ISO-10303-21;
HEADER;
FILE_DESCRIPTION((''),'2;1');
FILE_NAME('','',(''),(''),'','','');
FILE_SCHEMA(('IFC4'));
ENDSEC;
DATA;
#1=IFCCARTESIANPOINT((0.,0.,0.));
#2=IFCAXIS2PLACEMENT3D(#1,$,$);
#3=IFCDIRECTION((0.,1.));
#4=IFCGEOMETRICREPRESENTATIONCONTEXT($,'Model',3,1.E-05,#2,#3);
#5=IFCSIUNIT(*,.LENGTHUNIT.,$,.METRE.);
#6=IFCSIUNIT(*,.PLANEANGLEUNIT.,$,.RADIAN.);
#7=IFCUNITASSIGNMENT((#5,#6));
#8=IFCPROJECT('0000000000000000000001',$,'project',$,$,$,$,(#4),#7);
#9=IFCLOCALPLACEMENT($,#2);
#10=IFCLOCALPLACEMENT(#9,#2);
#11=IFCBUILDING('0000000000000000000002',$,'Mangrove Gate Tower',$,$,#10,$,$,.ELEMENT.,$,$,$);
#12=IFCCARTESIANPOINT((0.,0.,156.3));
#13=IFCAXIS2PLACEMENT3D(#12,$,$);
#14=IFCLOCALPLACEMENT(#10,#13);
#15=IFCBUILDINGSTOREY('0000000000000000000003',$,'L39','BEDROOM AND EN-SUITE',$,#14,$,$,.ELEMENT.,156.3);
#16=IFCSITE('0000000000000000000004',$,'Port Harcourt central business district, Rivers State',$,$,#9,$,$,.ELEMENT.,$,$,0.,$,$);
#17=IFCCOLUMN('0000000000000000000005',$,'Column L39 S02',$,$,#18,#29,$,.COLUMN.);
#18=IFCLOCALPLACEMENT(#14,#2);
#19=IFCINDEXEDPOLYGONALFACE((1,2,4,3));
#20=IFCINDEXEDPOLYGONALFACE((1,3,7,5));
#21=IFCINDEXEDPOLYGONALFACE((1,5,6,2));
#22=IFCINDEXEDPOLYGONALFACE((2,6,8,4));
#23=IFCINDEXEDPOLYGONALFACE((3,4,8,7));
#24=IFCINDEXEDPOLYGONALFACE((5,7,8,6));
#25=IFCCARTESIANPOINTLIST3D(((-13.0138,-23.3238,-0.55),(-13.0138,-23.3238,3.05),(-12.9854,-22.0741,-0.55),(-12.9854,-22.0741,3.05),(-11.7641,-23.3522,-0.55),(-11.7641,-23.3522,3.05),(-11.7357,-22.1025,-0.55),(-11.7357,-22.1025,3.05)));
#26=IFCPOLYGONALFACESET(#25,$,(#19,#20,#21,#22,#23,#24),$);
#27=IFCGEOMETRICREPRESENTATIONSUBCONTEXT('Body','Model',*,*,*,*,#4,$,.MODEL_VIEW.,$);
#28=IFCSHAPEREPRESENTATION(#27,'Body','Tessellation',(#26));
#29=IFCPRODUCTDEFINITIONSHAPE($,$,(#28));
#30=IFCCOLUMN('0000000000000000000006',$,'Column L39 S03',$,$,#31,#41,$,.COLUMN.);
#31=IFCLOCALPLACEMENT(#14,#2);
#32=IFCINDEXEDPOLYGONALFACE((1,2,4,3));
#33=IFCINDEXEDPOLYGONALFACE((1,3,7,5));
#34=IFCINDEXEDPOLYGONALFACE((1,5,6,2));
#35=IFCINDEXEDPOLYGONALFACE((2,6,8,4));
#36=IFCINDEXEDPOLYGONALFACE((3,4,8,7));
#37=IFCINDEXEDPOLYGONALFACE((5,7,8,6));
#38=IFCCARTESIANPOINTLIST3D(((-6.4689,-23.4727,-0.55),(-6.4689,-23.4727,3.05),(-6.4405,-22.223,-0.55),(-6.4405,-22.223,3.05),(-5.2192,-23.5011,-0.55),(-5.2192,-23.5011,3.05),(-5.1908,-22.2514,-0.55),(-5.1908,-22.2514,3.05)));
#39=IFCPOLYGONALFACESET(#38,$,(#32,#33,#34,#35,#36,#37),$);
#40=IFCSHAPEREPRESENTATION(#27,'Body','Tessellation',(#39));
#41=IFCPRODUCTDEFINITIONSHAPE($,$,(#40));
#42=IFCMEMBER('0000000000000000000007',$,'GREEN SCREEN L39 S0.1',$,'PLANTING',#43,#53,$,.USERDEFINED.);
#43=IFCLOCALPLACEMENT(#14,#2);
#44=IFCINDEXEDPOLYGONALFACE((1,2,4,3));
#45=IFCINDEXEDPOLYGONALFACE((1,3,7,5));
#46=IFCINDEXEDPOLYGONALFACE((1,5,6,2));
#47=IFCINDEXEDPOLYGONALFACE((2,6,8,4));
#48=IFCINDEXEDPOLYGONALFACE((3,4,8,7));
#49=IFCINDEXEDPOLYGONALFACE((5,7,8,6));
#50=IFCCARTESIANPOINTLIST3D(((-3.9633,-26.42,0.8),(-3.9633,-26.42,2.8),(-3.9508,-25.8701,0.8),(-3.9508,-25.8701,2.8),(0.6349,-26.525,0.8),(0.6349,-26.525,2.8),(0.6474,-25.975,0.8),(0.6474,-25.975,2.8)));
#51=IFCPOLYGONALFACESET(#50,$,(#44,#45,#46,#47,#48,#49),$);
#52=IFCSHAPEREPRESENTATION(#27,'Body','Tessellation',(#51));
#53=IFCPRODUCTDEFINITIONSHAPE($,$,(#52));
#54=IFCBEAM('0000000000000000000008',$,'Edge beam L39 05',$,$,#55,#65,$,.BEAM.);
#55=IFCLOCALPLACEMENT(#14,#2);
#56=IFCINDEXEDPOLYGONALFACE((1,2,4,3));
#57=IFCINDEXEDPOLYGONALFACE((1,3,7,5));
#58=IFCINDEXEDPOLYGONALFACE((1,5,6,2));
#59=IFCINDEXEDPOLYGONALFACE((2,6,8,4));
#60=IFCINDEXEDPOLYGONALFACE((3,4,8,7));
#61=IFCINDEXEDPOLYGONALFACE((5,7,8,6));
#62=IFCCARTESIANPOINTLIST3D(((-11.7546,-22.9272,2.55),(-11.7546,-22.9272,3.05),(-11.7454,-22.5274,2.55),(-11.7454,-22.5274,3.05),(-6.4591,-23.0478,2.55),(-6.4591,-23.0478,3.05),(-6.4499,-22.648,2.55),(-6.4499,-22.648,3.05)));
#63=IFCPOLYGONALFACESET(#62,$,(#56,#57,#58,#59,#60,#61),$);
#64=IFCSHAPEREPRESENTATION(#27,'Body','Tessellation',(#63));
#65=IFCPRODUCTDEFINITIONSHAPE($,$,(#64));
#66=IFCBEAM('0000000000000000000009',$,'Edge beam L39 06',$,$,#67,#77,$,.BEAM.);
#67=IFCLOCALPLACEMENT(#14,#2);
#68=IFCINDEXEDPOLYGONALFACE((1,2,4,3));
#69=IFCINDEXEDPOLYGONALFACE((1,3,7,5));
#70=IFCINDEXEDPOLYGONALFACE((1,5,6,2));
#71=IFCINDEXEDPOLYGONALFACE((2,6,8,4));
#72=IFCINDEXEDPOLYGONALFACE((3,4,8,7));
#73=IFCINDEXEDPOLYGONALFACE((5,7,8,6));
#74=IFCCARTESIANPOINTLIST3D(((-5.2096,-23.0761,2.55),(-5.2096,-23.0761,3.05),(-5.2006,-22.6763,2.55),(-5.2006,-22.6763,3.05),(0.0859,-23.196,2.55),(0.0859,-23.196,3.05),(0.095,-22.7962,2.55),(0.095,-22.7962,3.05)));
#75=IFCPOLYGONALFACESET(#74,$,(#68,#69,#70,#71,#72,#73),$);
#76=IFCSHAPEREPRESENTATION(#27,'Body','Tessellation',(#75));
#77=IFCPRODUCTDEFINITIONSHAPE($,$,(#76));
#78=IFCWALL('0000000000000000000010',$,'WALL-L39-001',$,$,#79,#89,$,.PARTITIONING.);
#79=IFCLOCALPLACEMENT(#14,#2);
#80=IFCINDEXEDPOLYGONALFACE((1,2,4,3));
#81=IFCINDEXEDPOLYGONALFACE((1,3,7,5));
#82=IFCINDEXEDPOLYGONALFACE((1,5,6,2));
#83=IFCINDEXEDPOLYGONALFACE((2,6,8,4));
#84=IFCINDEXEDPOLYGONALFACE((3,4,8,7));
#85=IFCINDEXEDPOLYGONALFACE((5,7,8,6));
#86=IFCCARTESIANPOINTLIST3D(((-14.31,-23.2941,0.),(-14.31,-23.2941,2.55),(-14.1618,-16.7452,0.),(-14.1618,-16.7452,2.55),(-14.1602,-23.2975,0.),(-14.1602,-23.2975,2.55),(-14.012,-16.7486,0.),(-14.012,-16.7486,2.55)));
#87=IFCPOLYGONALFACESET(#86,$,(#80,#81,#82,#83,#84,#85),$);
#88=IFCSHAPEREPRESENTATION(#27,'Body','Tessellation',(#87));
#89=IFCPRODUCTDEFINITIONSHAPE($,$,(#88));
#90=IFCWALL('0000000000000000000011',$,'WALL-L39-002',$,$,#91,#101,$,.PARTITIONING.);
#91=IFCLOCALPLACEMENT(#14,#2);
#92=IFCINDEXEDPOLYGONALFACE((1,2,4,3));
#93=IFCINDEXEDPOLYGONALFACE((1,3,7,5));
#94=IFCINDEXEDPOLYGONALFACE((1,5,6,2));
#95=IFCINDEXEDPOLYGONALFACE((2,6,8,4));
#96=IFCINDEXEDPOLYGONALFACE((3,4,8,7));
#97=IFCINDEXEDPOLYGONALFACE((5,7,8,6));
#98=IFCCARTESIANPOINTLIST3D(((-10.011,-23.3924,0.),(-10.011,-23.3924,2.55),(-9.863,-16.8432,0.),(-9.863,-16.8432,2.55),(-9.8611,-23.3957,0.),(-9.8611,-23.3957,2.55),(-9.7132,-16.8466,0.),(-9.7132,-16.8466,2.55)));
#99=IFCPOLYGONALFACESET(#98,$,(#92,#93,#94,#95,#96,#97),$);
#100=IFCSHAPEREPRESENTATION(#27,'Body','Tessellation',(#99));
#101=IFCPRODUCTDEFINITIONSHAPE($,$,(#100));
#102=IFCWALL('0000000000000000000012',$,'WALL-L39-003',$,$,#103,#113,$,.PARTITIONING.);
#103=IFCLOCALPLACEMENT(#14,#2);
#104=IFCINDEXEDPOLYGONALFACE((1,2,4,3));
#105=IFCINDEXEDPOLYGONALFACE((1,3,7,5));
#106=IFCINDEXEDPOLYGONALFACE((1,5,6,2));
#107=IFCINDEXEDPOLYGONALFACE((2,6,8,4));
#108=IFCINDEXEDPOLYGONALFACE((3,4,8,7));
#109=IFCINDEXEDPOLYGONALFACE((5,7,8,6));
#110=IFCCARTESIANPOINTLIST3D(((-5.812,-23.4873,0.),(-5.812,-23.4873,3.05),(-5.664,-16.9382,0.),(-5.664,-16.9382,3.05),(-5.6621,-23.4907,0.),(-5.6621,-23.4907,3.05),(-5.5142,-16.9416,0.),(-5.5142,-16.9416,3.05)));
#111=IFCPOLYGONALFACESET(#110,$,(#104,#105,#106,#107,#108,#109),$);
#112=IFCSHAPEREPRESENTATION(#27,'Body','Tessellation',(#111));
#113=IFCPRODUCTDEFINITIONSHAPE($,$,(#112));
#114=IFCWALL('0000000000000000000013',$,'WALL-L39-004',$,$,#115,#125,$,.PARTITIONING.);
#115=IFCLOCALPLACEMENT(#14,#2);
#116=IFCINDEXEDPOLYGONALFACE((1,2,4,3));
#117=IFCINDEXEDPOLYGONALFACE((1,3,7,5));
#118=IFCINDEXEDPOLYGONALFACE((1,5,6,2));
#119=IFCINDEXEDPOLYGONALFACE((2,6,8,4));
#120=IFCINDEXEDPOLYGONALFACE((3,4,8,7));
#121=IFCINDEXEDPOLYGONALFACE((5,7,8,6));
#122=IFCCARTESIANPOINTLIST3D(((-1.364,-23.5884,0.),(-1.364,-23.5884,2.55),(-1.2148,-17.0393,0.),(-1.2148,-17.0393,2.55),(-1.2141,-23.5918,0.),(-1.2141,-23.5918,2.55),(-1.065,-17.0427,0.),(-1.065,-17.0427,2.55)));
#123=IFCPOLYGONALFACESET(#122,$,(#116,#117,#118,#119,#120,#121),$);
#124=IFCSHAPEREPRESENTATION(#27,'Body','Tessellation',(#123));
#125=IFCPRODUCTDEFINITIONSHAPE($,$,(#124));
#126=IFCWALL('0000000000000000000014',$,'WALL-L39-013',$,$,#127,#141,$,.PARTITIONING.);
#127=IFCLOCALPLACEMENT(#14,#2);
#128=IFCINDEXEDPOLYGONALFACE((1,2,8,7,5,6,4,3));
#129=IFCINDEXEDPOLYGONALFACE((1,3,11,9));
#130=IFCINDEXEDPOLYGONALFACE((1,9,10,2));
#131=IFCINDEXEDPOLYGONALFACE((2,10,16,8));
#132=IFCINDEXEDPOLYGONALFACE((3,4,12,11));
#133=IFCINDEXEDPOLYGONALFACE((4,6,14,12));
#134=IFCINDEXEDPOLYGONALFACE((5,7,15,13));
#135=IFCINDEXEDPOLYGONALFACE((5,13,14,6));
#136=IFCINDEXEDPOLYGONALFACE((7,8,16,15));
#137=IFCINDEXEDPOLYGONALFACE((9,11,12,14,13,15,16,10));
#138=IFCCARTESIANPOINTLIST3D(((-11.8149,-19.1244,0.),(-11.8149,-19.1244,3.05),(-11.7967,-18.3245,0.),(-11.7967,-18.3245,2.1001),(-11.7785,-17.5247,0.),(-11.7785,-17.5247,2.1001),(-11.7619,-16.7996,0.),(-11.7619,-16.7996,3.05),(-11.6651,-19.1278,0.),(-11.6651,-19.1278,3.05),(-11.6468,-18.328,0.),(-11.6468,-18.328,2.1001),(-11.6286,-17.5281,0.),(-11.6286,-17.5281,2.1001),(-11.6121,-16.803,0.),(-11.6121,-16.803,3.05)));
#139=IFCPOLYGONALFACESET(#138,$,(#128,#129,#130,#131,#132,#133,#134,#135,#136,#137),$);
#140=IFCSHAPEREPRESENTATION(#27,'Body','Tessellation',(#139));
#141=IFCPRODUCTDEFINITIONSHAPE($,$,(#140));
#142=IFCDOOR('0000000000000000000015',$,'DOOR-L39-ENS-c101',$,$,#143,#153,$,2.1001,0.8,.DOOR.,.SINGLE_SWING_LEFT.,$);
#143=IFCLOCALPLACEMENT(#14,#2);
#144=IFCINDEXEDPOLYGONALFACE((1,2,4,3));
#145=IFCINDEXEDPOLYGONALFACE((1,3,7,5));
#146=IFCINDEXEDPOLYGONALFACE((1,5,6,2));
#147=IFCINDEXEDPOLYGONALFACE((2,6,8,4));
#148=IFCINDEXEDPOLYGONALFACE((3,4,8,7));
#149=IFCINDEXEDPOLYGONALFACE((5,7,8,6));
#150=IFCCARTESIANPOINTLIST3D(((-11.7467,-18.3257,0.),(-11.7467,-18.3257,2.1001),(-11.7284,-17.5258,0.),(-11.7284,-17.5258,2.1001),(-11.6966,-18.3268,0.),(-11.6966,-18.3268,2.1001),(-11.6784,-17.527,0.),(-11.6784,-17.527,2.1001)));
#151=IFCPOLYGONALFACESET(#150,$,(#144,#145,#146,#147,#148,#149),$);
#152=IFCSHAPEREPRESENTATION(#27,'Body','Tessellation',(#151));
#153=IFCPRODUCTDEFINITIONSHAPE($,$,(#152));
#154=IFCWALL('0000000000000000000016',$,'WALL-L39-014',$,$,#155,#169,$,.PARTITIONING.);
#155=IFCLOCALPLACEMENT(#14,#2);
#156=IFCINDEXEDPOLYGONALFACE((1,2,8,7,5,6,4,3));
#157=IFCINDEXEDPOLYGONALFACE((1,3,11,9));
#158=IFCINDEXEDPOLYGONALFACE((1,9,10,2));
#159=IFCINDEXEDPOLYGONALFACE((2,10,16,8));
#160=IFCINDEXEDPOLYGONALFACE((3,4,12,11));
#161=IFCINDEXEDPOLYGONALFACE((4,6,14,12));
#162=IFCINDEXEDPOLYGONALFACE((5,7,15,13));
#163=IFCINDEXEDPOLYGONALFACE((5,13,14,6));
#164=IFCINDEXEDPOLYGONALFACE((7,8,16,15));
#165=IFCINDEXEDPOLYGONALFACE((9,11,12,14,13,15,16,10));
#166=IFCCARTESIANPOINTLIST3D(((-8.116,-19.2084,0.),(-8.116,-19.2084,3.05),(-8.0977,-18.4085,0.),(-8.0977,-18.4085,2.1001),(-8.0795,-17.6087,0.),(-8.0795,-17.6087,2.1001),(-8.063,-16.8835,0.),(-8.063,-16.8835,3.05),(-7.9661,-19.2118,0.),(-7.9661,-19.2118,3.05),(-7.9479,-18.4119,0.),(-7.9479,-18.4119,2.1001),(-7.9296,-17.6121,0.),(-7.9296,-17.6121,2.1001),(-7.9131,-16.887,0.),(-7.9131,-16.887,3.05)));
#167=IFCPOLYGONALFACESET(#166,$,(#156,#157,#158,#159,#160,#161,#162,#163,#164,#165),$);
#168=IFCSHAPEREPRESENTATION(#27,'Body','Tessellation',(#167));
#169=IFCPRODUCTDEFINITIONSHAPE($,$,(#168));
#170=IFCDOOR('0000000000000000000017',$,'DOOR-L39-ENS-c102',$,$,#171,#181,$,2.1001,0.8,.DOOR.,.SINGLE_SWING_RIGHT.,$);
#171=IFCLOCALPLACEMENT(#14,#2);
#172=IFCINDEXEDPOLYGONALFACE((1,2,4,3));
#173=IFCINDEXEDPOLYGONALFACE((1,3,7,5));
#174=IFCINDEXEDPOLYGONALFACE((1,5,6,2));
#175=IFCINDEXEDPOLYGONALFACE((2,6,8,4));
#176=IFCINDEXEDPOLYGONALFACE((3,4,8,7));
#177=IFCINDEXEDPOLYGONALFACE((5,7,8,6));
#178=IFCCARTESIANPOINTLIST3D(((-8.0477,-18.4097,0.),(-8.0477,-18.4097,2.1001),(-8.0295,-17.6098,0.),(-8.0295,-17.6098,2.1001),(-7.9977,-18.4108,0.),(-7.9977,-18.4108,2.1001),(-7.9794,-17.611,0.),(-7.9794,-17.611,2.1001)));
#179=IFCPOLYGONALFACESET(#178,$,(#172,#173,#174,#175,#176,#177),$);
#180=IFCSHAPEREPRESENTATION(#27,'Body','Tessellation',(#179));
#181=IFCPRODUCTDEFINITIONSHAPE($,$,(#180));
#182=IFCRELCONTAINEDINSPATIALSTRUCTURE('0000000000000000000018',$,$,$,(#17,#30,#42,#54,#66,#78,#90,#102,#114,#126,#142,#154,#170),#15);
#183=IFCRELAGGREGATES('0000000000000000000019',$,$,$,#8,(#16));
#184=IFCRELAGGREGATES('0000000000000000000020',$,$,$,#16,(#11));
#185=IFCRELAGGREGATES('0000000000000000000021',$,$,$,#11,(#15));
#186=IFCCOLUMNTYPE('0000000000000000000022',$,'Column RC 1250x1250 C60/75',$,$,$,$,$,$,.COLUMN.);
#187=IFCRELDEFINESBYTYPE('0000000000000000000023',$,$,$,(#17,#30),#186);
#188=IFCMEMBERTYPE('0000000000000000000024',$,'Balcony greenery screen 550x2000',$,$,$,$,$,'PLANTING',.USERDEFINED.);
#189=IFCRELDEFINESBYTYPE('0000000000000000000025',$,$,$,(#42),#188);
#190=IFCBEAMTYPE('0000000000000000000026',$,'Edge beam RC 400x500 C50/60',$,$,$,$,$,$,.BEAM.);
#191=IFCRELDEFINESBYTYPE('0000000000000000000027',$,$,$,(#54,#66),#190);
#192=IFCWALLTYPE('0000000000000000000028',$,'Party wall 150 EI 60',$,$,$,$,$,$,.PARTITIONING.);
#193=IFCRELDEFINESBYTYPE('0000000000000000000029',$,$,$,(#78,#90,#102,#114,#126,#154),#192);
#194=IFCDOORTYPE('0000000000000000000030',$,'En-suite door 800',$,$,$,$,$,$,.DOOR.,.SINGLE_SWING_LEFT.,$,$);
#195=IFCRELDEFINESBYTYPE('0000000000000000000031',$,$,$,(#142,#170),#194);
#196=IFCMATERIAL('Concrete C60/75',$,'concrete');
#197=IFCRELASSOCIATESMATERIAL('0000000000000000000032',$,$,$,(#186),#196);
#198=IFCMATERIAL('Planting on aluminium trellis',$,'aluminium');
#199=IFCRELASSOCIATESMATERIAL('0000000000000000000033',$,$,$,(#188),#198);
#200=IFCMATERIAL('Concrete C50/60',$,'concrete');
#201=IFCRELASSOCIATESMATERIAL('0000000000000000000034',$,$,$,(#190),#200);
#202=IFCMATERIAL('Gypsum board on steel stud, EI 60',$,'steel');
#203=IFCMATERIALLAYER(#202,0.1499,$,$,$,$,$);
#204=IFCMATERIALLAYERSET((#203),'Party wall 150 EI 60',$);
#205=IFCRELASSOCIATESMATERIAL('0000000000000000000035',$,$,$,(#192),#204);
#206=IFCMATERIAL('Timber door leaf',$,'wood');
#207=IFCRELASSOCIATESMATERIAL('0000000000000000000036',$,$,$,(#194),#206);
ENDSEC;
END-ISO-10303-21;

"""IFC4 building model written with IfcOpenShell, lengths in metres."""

from ifc_helpers import new_model, si_unit, direction, frame, frame_2d, origin, origin_2d, place, context, subcontext, project, spatial, rectangle, extrude, material, layer, layer_set, material_profile, profile_set, type_object, element, fill, save


model = new_model("IFC4")

# Units and contexts
model_context = context("Model", 3, precision=1e-05, world=origin(), true_north=direction((0.0, 1.0)))
body_context = subcontext(model_context, "Body", "Model", "MODEL_VIEW")
ifc_project = project(units=[si_unit("LENGTHUNIT", "METRE"), si_unit("PLANEANGLEUNIT", "RADIAN")], contexts=[model_context])

# Site, building, storey
site_placement = place(None, origin())
site = spatial("IfcSite", under=ifc_project, at=site_placement, Name="Port Harcourt central business district, Rivers State", CompositionType="ELEMENT", RefElevation=0.0)
building_placement = place(site_placement, origin())
building = spatial("IfcBuilding", under=site, at=building_placement, Name="Mangrove Gate Tower", CompositionType="ELEMENT")
storey_placement = place(building_placement, frame((0.0, 0.0, 156.3)))
storey = spatial("IfcBuildingStorey", under=building, at=storey_placement, Name="L39", Description="BEDROOM AND EN-SUITE", CompositionType="ELEMENT", Elevation=156.3)

# Columns
ifc_material_1 = material(Name="Concrete C60/75", Category="concrete")
ifc_material_profile_1 = material_profile(ifc_material_1, rectangle(XDim=1.25, YDim=1.25, at=origin_2d()))
ifc_profile_set_1 = profile_set([ifc_material_profile_1], Name="Concrete C60/75")
column_type = type_object("IfcColumnType", Name="Column RC 1250x1250 C60/75", PredefinedType="COLUMN", material=ifc_profile_set_1)
for number, where, z_axis, x_axis, name in (
    (1, (-12.3748, -22.7131, -0.55), (0.0, 0.0, 1.0), (0.999743, -0.022683, 0.0), "Column L39 S02"),
    (2, (-5.8298, -22.8621, -0.55), (0.0, 0.0, 1.0), (0.999743, -0.022683, 0.0), "Column L39 S03"),
):
    element("IfcColumn", number, at=place(storey_placement, frame(where, z_axis=z_axis, x_axis=x_axis)), inside=storey, type_object=column_type, Name=name, PredefinedType="COLUMN", context=body_context, shape_type="SweptSolid", body=[
        extrude(rectangle(XDim=1.25, YDim=1.25, at=origin_2d()), origin(), (0.0, 0.0, 1.0), 3.6001),
    ])

# Member
ifc_material_2 = material(Name="Planting on aluminium trellis", Category="aluminium")
ifc_material_profile_2 = material_profile(ifc_material_2, rectangle(XDim=0.55, YDim=2.0, at=origin_2d()))
ifc_profile_set_2 = profile_set([ifc_material_profile_2], Name="Planting on aluminium trellis")
member_type = type_object("IfcMemberType", Name="Balcony greenery screen 550x2000", ElementType="PLANTING", PredefinedType="USERDEFINED", material=ifc_profile_set_2)
member_placement = place(storey_placement, frame((-3.957, -26.145, 1.8), z_axis=(0.999739, -0.022825, 0.0), x_axis=(0.022825, 0.999739, 0.0)))
element("IfcMember", 3, at=member_placement, inside=storey, type_object=member_type, Name="GREEN SCREEN L39 S0.1", ObjectType="PLANTING", PredefinedType="USERDEFINED", context=body_context, shape_type="SweptSolid", body=[
    extrude(rectangle(XDim=0.55, YDim=2.0, at=origin_2d()), origin(), (0.0, 0.0, 1.0), 4.5994),
])

# Beams
ifc_material_3 = material(Name="Concrete C50/60", Category="concrete")
ifc_material_profile_3 = material_profile(ifc_material_3, rectangle(XDim=0.3999, YDim=0.5, at=origin_2d()))
ifc_profile_set_3 = profile_set([ifc_material_profile_3], Name="Concrete C50/60")
beam_type = type_object("IfcBeamType", Name="Edge beam RC 400x500 C50/60", PredefinedType="BEAM", material=ifc_profile_set_3)
for number, where, z_axis, x_axis, name in (
    (4, (-11.75, -22.7273, 2.8), (0.999741, -0.02277, 0.0), (0.02277, 0.999741, 0.0), "Edge beam L39 05"),
    (5, (-5.2051, -22.8762, 2.8), (0.999744, -0.022631, 0.0), (0.022631, 0.999744, 0.0), "Edge beam L39 06"),
):
    element("IfcBeam", number, at=place(storey_placement, frame(where, z_axis=z_axis, x_axis=x_axis)), inside=storey, type_object=beam_type, Name=name, PredefinedType="BEAM", context=body_context, shape_type="SweptSolid", body=[
        extrude(rectangle(XDim=0.3999, YDim=0.5, at=origin_2d()), origin(), (0.0, 0.0, 1.0), 5.2969),
    ])

# Walls
ifc_material_4 = material(Name="Gypsum board on steel stud, EI 60", Category="steel")
ifc_layer_1 = layer(ifc_material_4, 0.1499)
ifc_layer_set_1 = layer_set([ifc_layer_1], Name="Party wall 150 EI 60")
wall_type_1 = type_object("IfcWallType", Name="Party wall 150 EI 60", PredefinedType="PARTITIONING", material=ifc_layer_set_1)
wall_1_placement = place(storey_placement, frame((-14.2351, -23.2959, 0.0), z_axis=(0.0, 0.0, 1.0), x_axis=(0.022623, 0.999744, 0.0)))
element("IfcWall", 6, at=wall_1_placement, inside=storey, type_object=wall_type_1, Name="WALL-L39-001", PredefinedType="PARTITIONING", context=body_context, shape_type="SweptSolid", body=[
    extrude(rectangle(XDim=6.5505, YDim=0.1499, at=frame_2d((3.2754, 0.0))), origin(), (0.0, 0.0, 1.0), 2.55),
])
wall_2_placement = place(storey_placement, frame((-9.936, -23.394, 0.0), z_axis=(0.0, 0.0, 1.0), x_axis=(0.022585, 0.999745, 0.0)))
element("IfcWall", 7, at=wall_2_placement, inside=storey, type_object=wall_type_1, Name="WALL-L39-002", PredefinedType="PARTITIONING", context=body_context, shape_type="SweptSolid", body=[
    extrude(rectangle(XDim=6.5508, YDim=0.1499, at=frame_2d((3.2754, 0.0))), origin(), (0.0, 0.0, 1.0), 2.55),
])
wall_3_placement = place(storey_placement, frame((-5.7371, -23.489, 0.0), z_axis=(0.0, 0.0, 1.0), x_axis=(0.022585, 0.999745, 0.0)))
element("IfcWall", 8, at=wall_3_placement, inside=storey, type_object=wall_type_1, Name="WALL-L39-003", PredefinedType="PARTITIONING", context=body_context, shape_type="SweptSolid", body=[
    extrude(rectangle(XDim=6.5508, YDim=0.1499, at=frame_2d((3.2754, 0.0))), origin(), (0.0, 0.0, 1.0), 3.05),
])
wall_4_placement = place(storey_placement, frame((-1.2891, -23.5901, 0.0), z_axis=(0.0, 0.0, 1.0), x_axis=(0.022771, 0.999741, 0.0)))
element("IfcWall", 9, at=wall_4_placement, inside=storey, type_object=wall_type_1, Name="WALL-L39-004", PredefinedType="PARTITIONING", context=body_context, shape_type="SweptSolid", body=[
    extrude(rectangle(XDim=6.5508, YDim=0.1499, at=frame_2d((3.2754, 0.0))), origin(), (0.0, 0.0, 1.0), 2.55),
])

# Walls, openings, doors
wall_5_placement = place(storey_placement, frame((-11.74, -19.126, 0.0), z_axis=(0.0, 0.0, 1.0), x_axis=(0.022781, 0.99974, 0.0)))
wall_5 = element("IfcWall", 10, at=wall_5_placement, inside=storey, type_object=wall_type_1, Name="WALL-L39-013", PredefinedType="PARTITIONING", context=body_context, shape_type="SweptSolid", body=[
    extrude(rectangle(XDim=2.3254, YDim=0.1499, at=frame_2d((1.1626, 0.0))), origin(), (0.0, 0.0, 1.0), 3.05),
])
opening_1_placement = place(wall_5_placement, frame((0.8, 0.0, 0.0)))
opening_1 = element("IfcOpeningElement", 11, at=opening_1_placement, cuts=wall_5, PredefinedType="OPENING", context=body_context, shape_type="SweptSolid", body=[
    extrude(rectangle(XDim=0.8, YDim=2.1001, at=frame_2d((0.3999, 1.05))), frame((0.0, 0.085, 0.0), z_axis=(0.0, -1.0, 0.0), x_axis=(1.0, 0.0, 0.0)), (0.0, 0.0, 1.0), 0.1699),
])
ifc_material_5 = material(Name="Timber door leaf", Category="wood")
door_type_1 = type_object("IfcDoorType", Name="En-suite door 800", OperationType="SINGLE_SWING_LEFT", PredefinedType="DOOR", material=ifc_material_5)
door_1_placement = place(opening_1_placement, origin())
door_1 = element("IfcDoor", 12, at=door_1_placement, inside=storey, type_object=door_type_1, Name="DOOR-L39-ENS-c101", OperationType="SINGLE_SWING_LEFT", OverallHeight=2.1001, OverallWidth=0.8, PredefinedType="DOOR", context=body_context, shape_type="SweptSolid", body=[
    extrude(rectangle(XDim=0.8, YDim=2.1001, at=frame_2d((0.3999, 1.05))), frame((0.0, 0.0249, 0.0), z_axis=(0.0, -1.0, 0.0), x_axis=(1.0, 0.0, 0.0)), (0.0, 0.0, 1.0), 0.05),
])
fill(opening_1, door_1)
wall_6_placement = place(storey_placement, frame((-8.041, -19.21, 0.0), z_axis=(0.0, 0.0, 1.0), x_axis=(0.022781, 0.99974, 0.0)))
wall_6 = element("IfcWall", 13, at=wall_6_placement, inside=storey, type_object=wall_type_1, Name="WALL-L39-014", PredefinedType="PARTITIONING", context=body_context, shape_type="SweptSolid", body=[
    extrude(rectangle(XDim=2.3254, YDim=0.1499, at=frame_2d((1.1626, 0.0))), origin(), (0.0, 0.0, 1.0), 3.05),
])
opening_2_placement = place(wall_6_placement, frame((0.8, 0.0, 0.0)))
opening_2 = element("IfcOpeningElement", 14, at=opening_2_placement, cuts=wall_6, PredefinedType="OPENING", context=body_context, shape_type="SweptSolid", body=[
    extrude(rectangle(XDim=0.8, YDim=2.1001, at=frame_2d((0.3999, 1.05))), frame((0.0, 0.085, 0.0), z_axis=(0.0, -1.0, 0.0), x_axis=(1.0, 0.0, 0.0)), (0.0, 0.0, 1.0), 0.1699),
])
door_2_placement = place(opening_2_placement, origin())
door_2 = element("IfcDoor", 15, at=door_2_placement, inside=storey, type_object=door_type_1, Name="DOOR-L39-ENS-c102", OperationType="SINGLE_SWING_RIGHT", OverallHeight=2.1001, OverallWidth=0.8, PredefinedType="DOOR", context=body_context, shape_type="SweptSolid", body=[
    extrude(rectangle(XDim=0.8, YDim=2.1001, at=frame_2d((0.3999, 1.05))), frame((0.0, 0.0249, 0.0), z_axis=(0.0, -1.0, 0.0), x_axis=(1.0, 0.0, 0.0)), (0.0, 0.0, 1.0), 0.05),
])
fill(opening_2, door_2)

save(model, "model.ifc")
